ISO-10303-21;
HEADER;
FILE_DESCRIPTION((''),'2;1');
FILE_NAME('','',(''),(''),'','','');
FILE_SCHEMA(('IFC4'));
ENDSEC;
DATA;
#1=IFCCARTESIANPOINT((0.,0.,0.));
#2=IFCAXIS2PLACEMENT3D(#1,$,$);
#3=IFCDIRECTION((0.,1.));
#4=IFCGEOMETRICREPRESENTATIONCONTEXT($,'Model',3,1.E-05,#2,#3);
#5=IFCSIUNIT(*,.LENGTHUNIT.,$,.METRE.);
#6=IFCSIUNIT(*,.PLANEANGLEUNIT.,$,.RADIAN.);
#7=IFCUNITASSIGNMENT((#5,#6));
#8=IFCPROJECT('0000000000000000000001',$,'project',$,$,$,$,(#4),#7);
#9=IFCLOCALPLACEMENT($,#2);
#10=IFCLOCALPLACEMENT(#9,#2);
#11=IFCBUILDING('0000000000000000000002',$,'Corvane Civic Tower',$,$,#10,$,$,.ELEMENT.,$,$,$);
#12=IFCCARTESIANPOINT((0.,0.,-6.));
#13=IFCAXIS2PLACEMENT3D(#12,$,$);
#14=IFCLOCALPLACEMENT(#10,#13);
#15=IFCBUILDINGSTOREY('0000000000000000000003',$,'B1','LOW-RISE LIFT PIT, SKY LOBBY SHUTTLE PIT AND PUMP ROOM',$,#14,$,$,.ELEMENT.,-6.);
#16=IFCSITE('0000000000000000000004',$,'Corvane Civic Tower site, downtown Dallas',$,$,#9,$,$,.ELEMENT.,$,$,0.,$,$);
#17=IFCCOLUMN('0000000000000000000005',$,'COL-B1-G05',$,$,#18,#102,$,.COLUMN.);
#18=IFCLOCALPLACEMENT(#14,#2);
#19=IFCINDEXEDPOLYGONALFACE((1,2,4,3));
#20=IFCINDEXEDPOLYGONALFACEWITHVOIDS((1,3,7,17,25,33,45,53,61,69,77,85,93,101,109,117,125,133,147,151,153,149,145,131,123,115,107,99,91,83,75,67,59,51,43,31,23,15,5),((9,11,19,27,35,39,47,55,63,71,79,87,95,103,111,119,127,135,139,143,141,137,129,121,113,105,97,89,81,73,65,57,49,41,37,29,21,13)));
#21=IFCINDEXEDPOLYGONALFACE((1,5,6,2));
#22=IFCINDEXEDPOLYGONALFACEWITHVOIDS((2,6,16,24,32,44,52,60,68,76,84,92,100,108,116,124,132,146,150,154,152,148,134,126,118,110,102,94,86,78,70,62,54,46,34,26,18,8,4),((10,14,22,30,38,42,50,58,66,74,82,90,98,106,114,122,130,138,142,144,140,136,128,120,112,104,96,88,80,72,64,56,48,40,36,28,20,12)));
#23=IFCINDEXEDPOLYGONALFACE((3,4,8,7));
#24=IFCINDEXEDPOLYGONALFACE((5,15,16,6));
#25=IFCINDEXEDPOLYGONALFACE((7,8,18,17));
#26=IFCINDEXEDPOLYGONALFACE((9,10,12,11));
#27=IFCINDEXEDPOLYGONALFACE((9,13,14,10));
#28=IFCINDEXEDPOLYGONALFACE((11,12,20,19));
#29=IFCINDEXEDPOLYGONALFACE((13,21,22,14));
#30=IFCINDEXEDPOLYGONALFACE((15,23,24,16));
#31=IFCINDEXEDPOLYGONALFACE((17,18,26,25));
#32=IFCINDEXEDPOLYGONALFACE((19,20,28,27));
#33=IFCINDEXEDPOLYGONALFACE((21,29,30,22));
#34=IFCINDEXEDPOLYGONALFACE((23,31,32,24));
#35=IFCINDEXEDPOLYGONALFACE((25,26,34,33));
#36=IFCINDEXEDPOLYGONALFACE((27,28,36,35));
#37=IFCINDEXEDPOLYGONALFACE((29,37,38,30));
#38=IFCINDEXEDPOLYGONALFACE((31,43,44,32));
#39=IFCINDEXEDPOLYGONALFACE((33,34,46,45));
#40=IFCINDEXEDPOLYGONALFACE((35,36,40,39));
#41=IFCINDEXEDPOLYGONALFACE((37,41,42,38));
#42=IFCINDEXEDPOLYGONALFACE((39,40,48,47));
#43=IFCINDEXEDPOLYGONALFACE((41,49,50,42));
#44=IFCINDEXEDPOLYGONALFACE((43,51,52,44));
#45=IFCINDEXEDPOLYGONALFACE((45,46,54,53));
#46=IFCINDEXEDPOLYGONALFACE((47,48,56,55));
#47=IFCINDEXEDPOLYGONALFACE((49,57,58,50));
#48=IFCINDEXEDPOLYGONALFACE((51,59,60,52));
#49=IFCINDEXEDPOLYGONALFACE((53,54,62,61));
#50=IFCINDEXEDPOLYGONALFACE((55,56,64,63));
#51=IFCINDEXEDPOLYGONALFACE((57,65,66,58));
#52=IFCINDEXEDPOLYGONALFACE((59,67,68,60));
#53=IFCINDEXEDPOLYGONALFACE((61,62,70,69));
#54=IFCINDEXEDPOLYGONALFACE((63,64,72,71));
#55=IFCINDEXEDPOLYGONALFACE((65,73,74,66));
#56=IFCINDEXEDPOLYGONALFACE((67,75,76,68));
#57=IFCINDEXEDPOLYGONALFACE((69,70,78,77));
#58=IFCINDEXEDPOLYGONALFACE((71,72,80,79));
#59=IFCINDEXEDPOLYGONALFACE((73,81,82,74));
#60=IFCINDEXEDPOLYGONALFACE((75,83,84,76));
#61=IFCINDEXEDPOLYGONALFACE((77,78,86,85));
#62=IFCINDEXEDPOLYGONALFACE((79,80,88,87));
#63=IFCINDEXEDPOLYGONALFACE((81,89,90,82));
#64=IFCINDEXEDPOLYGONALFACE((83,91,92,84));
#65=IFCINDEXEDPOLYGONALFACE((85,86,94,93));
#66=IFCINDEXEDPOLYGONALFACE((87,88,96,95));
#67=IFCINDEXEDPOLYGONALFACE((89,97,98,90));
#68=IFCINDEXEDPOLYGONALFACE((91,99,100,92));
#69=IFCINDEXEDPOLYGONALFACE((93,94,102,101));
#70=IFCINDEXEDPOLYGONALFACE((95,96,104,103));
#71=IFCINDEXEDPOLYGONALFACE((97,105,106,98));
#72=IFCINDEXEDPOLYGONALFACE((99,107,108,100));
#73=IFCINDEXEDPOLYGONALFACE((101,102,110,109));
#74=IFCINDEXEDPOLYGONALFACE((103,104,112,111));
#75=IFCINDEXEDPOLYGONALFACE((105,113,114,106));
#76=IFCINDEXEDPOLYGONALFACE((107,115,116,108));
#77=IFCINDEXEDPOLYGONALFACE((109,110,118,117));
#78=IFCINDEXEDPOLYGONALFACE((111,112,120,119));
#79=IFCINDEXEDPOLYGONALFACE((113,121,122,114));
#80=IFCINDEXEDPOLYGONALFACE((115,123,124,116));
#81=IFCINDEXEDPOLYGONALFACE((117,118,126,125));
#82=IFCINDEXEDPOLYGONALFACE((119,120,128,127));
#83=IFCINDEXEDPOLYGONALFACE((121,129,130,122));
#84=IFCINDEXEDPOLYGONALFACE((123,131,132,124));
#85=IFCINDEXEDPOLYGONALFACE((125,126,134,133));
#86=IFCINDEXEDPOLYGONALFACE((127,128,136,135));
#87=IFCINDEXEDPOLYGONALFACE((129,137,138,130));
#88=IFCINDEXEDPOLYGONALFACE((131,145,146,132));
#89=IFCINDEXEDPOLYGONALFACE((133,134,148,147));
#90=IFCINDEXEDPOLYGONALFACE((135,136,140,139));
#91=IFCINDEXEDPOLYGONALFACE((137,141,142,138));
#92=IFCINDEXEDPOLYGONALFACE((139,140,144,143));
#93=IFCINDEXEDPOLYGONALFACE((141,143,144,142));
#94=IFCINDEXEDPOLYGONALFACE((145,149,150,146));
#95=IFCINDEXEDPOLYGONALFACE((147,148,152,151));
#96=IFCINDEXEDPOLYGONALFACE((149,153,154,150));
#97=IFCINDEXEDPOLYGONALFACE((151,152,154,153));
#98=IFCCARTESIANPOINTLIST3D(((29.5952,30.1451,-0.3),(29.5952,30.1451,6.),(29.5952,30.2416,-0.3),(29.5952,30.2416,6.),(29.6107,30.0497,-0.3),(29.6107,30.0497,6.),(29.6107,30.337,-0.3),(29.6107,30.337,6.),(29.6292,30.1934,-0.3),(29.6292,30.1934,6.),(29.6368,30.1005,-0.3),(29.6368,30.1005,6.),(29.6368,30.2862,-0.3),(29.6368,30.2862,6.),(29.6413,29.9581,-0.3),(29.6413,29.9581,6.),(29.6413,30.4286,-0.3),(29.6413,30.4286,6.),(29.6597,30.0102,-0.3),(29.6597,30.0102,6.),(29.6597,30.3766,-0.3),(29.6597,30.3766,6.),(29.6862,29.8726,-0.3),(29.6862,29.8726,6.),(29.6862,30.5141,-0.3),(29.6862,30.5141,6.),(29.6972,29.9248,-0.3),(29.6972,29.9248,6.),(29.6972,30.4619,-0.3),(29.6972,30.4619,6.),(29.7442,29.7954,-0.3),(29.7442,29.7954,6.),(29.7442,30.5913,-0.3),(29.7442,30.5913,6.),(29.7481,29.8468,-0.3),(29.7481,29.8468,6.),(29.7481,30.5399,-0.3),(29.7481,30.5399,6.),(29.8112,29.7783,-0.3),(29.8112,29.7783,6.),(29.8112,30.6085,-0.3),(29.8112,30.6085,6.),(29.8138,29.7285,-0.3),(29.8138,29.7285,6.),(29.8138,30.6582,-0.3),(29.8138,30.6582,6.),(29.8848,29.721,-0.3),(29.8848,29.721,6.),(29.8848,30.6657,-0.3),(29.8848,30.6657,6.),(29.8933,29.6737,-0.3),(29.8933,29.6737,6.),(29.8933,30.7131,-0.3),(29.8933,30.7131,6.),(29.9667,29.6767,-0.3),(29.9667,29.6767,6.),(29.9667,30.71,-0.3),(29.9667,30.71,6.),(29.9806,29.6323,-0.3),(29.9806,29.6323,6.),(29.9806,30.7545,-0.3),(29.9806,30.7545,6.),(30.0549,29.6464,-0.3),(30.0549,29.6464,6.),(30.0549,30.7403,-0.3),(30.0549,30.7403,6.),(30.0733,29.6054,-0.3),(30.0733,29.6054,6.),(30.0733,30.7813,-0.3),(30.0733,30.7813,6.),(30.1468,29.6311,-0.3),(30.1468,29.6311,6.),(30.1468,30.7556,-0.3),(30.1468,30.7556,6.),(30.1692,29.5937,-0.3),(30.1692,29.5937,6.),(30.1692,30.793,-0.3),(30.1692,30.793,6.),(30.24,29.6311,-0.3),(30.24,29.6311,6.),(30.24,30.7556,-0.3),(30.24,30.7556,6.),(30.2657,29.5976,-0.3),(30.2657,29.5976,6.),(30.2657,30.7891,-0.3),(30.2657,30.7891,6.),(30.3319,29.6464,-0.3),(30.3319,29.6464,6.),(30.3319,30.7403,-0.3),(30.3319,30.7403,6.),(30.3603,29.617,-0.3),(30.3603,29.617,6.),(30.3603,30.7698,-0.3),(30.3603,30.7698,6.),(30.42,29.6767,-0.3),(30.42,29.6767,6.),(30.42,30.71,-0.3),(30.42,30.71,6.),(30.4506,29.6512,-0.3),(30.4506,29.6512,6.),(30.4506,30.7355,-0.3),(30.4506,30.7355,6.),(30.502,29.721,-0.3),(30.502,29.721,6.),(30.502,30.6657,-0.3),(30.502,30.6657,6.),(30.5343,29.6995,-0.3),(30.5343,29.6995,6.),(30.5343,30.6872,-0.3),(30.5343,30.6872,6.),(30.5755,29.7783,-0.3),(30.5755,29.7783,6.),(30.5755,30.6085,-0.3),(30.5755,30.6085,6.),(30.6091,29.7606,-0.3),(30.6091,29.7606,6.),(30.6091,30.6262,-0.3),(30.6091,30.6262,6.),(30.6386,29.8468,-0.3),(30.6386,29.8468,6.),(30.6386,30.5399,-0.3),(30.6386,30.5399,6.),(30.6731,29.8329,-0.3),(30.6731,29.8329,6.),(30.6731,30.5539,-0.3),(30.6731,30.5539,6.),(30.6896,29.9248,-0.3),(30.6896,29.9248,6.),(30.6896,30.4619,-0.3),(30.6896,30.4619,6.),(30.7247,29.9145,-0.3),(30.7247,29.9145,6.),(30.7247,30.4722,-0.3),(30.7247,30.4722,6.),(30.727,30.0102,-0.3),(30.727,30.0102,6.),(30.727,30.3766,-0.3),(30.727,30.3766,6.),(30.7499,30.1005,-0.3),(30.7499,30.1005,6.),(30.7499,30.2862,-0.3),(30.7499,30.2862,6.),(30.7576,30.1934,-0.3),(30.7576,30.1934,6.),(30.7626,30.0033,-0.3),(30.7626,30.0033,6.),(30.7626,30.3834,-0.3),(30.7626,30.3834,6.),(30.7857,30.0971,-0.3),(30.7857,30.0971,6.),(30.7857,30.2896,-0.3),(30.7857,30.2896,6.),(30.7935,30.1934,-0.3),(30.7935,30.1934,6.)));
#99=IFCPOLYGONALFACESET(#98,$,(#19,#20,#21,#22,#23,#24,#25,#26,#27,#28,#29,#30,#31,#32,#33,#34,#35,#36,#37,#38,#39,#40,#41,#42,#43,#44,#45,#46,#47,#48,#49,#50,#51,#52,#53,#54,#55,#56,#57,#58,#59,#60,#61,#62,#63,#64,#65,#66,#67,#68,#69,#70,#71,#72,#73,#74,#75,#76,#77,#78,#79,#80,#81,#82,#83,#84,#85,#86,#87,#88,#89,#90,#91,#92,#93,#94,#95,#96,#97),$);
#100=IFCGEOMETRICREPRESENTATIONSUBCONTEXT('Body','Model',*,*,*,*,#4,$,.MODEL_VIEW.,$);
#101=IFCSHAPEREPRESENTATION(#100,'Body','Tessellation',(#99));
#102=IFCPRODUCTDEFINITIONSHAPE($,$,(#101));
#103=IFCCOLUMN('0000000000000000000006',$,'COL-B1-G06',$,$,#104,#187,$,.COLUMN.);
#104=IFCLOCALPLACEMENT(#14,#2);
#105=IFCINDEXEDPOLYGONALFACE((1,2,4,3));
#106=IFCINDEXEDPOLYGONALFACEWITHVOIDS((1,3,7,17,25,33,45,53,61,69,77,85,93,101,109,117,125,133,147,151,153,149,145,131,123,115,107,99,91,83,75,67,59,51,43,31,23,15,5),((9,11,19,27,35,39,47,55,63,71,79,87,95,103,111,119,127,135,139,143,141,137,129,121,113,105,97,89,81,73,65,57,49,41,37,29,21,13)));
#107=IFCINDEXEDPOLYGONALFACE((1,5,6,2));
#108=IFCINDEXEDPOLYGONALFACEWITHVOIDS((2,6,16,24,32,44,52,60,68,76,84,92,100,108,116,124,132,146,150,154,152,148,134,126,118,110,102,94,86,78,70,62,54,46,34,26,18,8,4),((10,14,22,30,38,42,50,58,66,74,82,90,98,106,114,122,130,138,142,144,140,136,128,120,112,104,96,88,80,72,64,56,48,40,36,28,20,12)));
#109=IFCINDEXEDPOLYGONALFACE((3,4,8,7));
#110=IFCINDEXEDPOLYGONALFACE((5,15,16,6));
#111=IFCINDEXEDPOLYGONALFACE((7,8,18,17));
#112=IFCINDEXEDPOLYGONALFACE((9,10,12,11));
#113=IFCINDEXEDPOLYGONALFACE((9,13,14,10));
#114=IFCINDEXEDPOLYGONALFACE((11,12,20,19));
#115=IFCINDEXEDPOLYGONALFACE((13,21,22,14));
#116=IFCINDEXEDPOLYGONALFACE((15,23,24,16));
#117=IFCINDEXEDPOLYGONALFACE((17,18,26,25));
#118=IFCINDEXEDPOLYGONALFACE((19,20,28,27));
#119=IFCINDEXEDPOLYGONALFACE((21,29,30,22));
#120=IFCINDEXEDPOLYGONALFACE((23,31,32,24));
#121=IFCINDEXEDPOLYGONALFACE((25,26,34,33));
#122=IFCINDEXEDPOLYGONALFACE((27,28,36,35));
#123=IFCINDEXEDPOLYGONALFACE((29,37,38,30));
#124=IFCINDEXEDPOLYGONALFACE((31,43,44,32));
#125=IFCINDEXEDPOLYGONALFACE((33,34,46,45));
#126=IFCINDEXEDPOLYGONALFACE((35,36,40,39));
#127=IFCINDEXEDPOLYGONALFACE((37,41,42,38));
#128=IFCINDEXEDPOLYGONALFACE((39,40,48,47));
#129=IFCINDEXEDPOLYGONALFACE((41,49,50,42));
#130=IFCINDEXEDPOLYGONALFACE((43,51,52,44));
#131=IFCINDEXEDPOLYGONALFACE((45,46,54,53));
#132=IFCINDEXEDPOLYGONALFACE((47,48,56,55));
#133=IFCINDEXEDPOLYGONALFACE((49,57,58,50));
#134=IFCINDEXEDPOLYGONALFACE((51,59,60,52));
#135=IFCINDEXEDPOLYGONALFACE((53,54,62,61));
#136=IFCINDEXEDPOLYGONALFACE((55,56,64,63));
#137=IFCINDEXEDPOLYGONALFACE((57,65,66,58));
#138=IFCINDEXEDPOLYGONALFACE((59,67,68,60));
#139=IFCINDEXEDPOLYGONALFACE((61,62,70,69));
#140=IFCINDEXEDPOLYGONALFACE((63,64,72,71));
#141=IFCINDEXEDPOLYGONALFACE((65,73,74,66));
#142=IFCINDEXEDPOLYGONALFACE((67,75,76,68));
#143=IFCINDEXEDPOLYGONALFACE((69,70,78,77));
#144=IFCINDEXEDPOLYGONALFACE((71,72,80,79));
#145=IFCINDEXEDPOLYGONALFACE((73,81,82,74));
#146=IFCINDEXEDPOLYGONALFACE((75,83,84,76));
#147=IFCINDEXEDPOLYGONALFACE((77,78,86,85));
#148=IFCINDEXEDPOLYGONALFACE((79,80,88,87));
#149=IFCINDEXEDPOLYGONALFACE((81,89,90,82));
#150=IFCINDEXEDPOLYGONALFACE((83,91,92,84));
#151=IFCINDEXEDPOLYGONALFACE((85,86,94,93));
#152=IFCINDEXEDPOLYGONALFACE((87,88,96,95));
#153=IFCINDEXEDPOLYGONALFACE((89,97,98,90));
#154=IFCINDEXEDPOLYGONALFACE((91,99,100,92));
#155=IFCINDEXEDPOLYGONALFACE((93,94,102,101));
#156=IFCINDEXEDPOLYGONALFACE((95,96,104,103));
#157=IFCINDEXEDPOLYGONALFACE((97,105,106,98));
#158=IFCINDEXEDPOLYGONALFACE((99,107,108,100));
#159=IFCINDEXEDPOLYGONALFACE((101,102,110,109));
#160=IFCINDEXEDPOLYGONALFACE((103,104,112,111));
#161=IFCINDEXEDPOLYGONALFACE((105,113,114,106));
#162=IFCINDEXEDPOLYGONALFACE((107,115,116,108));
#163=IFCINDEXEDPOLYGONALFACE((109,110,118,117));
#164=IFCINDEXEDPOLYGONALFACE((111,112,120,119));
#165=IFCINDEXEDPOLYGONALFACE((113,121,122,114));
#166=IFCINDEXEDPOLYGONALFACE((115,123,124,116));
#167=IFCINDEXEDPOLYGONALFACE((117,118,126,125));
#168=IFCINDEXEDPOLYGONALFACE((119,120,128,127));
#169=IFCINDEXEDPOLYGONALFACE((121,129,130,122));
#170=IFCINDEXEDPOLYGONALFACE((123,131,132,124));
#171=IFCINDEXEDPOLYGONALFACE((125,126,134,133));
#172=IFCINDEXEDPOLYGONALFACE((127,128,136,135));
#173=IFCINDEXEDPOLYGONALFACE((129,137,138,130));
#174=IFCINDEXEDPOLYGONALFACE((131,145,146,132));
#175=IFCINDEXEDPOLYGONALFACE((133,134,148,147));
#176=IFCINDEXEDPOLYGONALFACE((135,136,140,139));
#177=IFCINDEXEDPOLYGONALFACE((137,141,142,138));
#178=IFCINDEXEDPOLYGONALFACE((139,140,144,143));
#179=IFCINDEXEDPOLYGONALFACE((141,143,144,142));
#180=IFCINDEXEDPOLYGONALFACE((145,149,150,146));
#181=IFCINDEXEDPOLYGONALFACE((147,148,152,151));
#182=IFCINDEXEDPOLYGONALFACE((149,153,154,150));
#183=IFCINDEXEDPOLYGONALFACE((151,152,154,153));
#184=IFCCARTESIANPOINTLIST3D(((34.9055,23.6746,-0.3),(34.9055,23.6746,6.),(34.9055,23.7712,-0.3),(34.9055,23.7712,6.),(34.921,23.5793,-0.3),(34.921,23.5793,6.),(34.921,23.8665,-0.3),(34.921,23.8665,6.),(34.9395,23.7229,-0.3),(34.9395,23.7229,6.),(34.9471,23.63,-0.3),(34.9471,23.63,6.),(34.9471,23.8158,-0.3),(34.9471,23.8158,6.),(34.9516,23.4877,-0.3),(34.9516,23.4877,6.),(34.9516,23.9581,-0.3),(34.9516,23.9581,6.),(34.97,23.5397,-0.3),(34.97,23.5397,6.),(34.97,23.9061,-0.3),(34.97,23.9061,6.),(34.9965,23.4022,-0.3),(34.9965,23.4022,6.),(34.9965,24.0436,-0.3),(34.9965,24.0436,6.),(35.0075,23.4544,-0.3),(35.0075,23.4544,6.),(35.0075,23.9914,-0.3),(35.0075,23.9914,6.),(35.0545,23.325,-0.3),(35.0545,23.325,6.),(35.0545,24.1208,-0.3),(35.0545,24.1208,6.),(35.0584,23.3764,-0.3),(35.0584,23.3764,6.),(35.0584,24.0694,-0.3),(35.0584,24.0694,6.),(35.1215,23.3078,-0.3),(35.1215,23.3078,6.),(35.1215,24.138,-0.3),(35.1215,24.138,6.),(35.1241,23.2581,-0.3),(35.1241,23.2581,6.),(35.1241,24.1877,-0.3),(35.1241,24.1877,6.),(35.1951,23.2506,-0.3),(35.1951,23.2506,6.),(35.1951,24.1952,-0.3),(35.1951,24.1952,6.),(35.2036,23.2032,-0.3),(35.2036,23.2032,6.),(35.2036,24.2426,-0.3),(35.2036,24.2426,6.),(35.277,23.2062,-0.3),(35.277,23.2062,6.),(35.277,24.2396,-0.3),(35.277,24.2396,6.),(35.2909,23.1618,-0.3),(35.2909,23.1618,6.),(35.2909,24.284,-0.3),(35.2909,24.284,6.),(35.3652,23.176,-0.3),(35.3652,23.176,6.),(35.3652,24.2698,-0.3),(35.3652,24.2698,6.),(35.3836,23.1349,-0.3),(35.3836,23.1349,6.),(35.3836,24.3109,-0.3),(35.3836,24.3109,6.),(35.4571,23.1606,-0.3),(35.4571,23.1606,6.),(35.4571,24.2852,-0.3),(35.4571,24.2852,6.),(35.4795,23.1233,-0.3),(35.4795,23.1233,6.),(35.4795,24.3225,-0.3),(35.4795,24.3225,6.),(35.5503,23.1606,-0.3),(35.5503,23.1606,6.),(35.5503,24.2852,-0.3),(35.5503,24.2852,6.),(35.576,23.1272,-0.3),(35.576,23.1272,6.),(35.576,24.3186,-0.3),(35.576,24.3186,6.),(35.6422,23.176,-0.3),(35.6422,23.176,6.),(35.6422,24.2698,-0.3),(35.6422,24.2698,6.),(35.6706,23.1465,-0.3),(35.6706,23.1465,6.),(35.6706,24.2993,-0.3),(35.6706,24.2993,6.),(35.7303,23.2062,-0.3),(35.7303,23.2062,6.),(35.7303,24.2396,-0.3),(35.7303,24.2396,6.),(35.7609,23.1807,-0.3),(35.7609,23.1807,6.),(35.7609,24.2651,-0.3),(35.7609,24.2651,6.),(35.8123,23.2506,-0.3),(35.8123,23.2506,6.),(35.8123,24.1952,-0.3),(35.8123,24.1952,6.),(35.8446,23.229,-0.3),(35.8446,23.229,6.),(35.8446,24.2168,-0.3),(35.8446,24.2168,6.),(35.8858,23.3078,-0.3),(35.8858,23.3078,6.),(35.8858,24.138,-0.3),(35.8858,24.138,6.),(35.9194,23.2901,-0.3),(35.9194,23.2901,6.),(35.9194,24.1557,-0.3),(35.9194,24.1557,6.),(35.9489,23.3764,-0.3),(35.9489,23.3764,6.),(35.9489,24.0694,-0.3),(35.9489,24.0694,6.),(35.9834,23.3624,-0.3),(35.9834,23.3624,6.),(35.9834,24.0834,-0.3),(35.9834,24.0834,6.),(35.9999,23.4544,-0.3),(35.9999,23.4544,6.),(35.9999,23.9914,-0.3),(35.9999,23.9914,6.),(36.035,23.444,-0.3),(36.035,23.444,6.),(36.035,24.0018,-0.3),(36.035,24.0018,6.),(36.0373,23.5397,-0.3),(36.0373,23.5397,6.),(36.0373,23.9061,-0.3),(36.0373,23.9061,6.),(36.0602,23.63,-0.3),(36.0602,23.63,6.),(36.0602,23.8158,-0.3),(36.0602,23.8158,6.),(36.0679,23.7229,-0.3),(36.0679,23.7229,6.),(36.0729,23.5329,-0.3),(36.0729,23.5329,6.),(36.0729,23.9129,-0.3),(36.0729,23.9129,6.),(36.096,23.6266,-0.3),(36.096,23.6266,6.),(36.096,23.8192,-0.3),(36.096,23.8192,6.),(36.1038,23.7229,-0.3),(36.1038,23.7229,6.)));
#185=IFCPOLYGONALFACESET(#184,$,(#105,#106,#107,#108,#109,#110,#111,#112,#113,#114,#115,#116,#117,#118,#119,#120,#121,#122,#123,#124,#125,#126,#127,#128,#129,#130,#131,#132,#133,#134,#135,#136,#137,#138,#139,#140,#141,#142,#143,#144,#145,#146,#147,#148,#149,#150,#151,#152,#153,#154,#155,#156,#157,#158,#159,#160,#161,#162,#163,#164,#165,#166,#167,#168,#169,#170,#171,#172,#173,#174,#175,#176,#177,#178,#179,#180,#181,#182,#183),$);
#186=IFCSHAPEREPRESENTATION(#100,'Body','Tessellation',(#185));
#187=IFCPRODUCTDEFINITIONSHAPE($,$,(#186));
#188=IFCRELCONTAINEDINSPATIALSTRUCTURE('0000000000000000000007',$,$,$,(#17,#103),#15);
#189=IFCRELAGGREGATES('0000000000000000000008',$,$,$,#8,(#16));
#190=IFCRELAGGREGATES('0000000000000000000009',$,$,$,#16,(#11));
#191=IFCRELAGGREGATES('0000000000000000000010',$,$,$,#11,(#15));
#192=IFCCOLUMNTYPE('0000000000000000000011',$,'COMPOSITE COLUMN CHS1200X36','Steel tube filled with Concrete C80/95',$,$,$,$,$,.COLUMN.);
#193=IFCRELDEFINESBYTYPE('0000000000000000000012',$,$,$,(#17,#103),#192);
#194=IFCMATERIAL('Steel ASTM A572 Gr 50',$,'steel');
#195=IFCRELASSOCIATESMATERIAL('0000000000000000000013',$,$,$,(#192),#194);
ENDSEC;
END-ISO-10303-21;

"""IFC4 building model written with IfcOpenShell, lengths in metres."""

from ifc_helpers import new_model, si_unit, direction, frame, origin, origin_2d, place, context, subcontext, project, spatial, hollow_circle, extrude, material, material_profile, profile_set, type_object, element, save


model = new_model("IFC4")

# Units and contexts
model_context = context("Model", 3, precision=1e-05, world=origin(), true_north=direction((0.0, 1.0)))
body_context = subcontext(model_context, "Body", "Model", "MODEL_VIEW")
ifc_project = project(units=[si_unit("LENGTHUNIT", "METRE"), si_unit("PLANEANGLEUNIT", "RADIAN")], contexts=[model_context])

# Site, building, storey
site_placement = place(None, origin())
site = spatial("IfcSite", under=ifc_project, at=site_placement, Name="Corvane Civic Tower site, downtown Dallas", CompositionType="ELEMENT", RefElevation=0.0)
building_placement = place(site_placement, origin())
building = spatial("IfcBuilding", under=site, at=building_placement, Name="Corvane Civic Tower", CompositionType="ELEMENT")
storey_placement = place(building_placement, frame((0.0, 0.0, -6.0)))
storey = spatial("IfcBuildingStorey", under=building, at=storey_placement, Name="B1", Description="LOW-RISE LIFT PIT, SKY LOBBY SHUTTLE PIT AND PUMP ROOM", CompositionType="ELEMENT", Elevation=-6.0)

# Columns
ifc_material_1 = material(Name="Steel ASTM A572 Gr 50", Category="steel")
ifc_material_profile_1 = material_profile(ifc_material_1, hollow_circle(Radius=0.6001, WallThickness=0.0359, at=origin_2d()), Name="CHS1200X36")
ifc_profile_set_1 = profile_set([ifc_material_profile_1], Name="Steel ASTM A572 Gr 50")
column_type_1 = type_object("IfcColumnType", Name="COMPOSITE COLUMN CHS1200X36", Description="Steel tube filled with Concrete C80/95", PredefinedType="COLUMN", material=ifc_profile_set_1)
for number, where, z_axis, x_axis, name in (
    (1, (30.1934, 30.1934, -0.3), (0.0, 0.0, 1.0), (1.0, 0.0, 0.0), "COL-B1-G05"),
    (2, (35.5037, 23.7229, -0.3), (0.0, 0.0, 1.0), (1.0, 0.0, 0.0), "COL-B1-G06"),
):
    element("IfcColumn", number, at=place(storey_placement, frame(where, z_axis=z_axis, x_axis=x_axis)), inside=storey, type_object=column_type_1, Name=name, PredefinedType="COLUMN", context=body_context, shape_type="SweptSolid", body=[
        extrude(hollow_circle(Radius=0.6001, WallThickness=0.0359, at=origin_2d()), origin(), (0.0, 0.0, 1.0), 6.3),
    ])

save(model, "model.ifc")
